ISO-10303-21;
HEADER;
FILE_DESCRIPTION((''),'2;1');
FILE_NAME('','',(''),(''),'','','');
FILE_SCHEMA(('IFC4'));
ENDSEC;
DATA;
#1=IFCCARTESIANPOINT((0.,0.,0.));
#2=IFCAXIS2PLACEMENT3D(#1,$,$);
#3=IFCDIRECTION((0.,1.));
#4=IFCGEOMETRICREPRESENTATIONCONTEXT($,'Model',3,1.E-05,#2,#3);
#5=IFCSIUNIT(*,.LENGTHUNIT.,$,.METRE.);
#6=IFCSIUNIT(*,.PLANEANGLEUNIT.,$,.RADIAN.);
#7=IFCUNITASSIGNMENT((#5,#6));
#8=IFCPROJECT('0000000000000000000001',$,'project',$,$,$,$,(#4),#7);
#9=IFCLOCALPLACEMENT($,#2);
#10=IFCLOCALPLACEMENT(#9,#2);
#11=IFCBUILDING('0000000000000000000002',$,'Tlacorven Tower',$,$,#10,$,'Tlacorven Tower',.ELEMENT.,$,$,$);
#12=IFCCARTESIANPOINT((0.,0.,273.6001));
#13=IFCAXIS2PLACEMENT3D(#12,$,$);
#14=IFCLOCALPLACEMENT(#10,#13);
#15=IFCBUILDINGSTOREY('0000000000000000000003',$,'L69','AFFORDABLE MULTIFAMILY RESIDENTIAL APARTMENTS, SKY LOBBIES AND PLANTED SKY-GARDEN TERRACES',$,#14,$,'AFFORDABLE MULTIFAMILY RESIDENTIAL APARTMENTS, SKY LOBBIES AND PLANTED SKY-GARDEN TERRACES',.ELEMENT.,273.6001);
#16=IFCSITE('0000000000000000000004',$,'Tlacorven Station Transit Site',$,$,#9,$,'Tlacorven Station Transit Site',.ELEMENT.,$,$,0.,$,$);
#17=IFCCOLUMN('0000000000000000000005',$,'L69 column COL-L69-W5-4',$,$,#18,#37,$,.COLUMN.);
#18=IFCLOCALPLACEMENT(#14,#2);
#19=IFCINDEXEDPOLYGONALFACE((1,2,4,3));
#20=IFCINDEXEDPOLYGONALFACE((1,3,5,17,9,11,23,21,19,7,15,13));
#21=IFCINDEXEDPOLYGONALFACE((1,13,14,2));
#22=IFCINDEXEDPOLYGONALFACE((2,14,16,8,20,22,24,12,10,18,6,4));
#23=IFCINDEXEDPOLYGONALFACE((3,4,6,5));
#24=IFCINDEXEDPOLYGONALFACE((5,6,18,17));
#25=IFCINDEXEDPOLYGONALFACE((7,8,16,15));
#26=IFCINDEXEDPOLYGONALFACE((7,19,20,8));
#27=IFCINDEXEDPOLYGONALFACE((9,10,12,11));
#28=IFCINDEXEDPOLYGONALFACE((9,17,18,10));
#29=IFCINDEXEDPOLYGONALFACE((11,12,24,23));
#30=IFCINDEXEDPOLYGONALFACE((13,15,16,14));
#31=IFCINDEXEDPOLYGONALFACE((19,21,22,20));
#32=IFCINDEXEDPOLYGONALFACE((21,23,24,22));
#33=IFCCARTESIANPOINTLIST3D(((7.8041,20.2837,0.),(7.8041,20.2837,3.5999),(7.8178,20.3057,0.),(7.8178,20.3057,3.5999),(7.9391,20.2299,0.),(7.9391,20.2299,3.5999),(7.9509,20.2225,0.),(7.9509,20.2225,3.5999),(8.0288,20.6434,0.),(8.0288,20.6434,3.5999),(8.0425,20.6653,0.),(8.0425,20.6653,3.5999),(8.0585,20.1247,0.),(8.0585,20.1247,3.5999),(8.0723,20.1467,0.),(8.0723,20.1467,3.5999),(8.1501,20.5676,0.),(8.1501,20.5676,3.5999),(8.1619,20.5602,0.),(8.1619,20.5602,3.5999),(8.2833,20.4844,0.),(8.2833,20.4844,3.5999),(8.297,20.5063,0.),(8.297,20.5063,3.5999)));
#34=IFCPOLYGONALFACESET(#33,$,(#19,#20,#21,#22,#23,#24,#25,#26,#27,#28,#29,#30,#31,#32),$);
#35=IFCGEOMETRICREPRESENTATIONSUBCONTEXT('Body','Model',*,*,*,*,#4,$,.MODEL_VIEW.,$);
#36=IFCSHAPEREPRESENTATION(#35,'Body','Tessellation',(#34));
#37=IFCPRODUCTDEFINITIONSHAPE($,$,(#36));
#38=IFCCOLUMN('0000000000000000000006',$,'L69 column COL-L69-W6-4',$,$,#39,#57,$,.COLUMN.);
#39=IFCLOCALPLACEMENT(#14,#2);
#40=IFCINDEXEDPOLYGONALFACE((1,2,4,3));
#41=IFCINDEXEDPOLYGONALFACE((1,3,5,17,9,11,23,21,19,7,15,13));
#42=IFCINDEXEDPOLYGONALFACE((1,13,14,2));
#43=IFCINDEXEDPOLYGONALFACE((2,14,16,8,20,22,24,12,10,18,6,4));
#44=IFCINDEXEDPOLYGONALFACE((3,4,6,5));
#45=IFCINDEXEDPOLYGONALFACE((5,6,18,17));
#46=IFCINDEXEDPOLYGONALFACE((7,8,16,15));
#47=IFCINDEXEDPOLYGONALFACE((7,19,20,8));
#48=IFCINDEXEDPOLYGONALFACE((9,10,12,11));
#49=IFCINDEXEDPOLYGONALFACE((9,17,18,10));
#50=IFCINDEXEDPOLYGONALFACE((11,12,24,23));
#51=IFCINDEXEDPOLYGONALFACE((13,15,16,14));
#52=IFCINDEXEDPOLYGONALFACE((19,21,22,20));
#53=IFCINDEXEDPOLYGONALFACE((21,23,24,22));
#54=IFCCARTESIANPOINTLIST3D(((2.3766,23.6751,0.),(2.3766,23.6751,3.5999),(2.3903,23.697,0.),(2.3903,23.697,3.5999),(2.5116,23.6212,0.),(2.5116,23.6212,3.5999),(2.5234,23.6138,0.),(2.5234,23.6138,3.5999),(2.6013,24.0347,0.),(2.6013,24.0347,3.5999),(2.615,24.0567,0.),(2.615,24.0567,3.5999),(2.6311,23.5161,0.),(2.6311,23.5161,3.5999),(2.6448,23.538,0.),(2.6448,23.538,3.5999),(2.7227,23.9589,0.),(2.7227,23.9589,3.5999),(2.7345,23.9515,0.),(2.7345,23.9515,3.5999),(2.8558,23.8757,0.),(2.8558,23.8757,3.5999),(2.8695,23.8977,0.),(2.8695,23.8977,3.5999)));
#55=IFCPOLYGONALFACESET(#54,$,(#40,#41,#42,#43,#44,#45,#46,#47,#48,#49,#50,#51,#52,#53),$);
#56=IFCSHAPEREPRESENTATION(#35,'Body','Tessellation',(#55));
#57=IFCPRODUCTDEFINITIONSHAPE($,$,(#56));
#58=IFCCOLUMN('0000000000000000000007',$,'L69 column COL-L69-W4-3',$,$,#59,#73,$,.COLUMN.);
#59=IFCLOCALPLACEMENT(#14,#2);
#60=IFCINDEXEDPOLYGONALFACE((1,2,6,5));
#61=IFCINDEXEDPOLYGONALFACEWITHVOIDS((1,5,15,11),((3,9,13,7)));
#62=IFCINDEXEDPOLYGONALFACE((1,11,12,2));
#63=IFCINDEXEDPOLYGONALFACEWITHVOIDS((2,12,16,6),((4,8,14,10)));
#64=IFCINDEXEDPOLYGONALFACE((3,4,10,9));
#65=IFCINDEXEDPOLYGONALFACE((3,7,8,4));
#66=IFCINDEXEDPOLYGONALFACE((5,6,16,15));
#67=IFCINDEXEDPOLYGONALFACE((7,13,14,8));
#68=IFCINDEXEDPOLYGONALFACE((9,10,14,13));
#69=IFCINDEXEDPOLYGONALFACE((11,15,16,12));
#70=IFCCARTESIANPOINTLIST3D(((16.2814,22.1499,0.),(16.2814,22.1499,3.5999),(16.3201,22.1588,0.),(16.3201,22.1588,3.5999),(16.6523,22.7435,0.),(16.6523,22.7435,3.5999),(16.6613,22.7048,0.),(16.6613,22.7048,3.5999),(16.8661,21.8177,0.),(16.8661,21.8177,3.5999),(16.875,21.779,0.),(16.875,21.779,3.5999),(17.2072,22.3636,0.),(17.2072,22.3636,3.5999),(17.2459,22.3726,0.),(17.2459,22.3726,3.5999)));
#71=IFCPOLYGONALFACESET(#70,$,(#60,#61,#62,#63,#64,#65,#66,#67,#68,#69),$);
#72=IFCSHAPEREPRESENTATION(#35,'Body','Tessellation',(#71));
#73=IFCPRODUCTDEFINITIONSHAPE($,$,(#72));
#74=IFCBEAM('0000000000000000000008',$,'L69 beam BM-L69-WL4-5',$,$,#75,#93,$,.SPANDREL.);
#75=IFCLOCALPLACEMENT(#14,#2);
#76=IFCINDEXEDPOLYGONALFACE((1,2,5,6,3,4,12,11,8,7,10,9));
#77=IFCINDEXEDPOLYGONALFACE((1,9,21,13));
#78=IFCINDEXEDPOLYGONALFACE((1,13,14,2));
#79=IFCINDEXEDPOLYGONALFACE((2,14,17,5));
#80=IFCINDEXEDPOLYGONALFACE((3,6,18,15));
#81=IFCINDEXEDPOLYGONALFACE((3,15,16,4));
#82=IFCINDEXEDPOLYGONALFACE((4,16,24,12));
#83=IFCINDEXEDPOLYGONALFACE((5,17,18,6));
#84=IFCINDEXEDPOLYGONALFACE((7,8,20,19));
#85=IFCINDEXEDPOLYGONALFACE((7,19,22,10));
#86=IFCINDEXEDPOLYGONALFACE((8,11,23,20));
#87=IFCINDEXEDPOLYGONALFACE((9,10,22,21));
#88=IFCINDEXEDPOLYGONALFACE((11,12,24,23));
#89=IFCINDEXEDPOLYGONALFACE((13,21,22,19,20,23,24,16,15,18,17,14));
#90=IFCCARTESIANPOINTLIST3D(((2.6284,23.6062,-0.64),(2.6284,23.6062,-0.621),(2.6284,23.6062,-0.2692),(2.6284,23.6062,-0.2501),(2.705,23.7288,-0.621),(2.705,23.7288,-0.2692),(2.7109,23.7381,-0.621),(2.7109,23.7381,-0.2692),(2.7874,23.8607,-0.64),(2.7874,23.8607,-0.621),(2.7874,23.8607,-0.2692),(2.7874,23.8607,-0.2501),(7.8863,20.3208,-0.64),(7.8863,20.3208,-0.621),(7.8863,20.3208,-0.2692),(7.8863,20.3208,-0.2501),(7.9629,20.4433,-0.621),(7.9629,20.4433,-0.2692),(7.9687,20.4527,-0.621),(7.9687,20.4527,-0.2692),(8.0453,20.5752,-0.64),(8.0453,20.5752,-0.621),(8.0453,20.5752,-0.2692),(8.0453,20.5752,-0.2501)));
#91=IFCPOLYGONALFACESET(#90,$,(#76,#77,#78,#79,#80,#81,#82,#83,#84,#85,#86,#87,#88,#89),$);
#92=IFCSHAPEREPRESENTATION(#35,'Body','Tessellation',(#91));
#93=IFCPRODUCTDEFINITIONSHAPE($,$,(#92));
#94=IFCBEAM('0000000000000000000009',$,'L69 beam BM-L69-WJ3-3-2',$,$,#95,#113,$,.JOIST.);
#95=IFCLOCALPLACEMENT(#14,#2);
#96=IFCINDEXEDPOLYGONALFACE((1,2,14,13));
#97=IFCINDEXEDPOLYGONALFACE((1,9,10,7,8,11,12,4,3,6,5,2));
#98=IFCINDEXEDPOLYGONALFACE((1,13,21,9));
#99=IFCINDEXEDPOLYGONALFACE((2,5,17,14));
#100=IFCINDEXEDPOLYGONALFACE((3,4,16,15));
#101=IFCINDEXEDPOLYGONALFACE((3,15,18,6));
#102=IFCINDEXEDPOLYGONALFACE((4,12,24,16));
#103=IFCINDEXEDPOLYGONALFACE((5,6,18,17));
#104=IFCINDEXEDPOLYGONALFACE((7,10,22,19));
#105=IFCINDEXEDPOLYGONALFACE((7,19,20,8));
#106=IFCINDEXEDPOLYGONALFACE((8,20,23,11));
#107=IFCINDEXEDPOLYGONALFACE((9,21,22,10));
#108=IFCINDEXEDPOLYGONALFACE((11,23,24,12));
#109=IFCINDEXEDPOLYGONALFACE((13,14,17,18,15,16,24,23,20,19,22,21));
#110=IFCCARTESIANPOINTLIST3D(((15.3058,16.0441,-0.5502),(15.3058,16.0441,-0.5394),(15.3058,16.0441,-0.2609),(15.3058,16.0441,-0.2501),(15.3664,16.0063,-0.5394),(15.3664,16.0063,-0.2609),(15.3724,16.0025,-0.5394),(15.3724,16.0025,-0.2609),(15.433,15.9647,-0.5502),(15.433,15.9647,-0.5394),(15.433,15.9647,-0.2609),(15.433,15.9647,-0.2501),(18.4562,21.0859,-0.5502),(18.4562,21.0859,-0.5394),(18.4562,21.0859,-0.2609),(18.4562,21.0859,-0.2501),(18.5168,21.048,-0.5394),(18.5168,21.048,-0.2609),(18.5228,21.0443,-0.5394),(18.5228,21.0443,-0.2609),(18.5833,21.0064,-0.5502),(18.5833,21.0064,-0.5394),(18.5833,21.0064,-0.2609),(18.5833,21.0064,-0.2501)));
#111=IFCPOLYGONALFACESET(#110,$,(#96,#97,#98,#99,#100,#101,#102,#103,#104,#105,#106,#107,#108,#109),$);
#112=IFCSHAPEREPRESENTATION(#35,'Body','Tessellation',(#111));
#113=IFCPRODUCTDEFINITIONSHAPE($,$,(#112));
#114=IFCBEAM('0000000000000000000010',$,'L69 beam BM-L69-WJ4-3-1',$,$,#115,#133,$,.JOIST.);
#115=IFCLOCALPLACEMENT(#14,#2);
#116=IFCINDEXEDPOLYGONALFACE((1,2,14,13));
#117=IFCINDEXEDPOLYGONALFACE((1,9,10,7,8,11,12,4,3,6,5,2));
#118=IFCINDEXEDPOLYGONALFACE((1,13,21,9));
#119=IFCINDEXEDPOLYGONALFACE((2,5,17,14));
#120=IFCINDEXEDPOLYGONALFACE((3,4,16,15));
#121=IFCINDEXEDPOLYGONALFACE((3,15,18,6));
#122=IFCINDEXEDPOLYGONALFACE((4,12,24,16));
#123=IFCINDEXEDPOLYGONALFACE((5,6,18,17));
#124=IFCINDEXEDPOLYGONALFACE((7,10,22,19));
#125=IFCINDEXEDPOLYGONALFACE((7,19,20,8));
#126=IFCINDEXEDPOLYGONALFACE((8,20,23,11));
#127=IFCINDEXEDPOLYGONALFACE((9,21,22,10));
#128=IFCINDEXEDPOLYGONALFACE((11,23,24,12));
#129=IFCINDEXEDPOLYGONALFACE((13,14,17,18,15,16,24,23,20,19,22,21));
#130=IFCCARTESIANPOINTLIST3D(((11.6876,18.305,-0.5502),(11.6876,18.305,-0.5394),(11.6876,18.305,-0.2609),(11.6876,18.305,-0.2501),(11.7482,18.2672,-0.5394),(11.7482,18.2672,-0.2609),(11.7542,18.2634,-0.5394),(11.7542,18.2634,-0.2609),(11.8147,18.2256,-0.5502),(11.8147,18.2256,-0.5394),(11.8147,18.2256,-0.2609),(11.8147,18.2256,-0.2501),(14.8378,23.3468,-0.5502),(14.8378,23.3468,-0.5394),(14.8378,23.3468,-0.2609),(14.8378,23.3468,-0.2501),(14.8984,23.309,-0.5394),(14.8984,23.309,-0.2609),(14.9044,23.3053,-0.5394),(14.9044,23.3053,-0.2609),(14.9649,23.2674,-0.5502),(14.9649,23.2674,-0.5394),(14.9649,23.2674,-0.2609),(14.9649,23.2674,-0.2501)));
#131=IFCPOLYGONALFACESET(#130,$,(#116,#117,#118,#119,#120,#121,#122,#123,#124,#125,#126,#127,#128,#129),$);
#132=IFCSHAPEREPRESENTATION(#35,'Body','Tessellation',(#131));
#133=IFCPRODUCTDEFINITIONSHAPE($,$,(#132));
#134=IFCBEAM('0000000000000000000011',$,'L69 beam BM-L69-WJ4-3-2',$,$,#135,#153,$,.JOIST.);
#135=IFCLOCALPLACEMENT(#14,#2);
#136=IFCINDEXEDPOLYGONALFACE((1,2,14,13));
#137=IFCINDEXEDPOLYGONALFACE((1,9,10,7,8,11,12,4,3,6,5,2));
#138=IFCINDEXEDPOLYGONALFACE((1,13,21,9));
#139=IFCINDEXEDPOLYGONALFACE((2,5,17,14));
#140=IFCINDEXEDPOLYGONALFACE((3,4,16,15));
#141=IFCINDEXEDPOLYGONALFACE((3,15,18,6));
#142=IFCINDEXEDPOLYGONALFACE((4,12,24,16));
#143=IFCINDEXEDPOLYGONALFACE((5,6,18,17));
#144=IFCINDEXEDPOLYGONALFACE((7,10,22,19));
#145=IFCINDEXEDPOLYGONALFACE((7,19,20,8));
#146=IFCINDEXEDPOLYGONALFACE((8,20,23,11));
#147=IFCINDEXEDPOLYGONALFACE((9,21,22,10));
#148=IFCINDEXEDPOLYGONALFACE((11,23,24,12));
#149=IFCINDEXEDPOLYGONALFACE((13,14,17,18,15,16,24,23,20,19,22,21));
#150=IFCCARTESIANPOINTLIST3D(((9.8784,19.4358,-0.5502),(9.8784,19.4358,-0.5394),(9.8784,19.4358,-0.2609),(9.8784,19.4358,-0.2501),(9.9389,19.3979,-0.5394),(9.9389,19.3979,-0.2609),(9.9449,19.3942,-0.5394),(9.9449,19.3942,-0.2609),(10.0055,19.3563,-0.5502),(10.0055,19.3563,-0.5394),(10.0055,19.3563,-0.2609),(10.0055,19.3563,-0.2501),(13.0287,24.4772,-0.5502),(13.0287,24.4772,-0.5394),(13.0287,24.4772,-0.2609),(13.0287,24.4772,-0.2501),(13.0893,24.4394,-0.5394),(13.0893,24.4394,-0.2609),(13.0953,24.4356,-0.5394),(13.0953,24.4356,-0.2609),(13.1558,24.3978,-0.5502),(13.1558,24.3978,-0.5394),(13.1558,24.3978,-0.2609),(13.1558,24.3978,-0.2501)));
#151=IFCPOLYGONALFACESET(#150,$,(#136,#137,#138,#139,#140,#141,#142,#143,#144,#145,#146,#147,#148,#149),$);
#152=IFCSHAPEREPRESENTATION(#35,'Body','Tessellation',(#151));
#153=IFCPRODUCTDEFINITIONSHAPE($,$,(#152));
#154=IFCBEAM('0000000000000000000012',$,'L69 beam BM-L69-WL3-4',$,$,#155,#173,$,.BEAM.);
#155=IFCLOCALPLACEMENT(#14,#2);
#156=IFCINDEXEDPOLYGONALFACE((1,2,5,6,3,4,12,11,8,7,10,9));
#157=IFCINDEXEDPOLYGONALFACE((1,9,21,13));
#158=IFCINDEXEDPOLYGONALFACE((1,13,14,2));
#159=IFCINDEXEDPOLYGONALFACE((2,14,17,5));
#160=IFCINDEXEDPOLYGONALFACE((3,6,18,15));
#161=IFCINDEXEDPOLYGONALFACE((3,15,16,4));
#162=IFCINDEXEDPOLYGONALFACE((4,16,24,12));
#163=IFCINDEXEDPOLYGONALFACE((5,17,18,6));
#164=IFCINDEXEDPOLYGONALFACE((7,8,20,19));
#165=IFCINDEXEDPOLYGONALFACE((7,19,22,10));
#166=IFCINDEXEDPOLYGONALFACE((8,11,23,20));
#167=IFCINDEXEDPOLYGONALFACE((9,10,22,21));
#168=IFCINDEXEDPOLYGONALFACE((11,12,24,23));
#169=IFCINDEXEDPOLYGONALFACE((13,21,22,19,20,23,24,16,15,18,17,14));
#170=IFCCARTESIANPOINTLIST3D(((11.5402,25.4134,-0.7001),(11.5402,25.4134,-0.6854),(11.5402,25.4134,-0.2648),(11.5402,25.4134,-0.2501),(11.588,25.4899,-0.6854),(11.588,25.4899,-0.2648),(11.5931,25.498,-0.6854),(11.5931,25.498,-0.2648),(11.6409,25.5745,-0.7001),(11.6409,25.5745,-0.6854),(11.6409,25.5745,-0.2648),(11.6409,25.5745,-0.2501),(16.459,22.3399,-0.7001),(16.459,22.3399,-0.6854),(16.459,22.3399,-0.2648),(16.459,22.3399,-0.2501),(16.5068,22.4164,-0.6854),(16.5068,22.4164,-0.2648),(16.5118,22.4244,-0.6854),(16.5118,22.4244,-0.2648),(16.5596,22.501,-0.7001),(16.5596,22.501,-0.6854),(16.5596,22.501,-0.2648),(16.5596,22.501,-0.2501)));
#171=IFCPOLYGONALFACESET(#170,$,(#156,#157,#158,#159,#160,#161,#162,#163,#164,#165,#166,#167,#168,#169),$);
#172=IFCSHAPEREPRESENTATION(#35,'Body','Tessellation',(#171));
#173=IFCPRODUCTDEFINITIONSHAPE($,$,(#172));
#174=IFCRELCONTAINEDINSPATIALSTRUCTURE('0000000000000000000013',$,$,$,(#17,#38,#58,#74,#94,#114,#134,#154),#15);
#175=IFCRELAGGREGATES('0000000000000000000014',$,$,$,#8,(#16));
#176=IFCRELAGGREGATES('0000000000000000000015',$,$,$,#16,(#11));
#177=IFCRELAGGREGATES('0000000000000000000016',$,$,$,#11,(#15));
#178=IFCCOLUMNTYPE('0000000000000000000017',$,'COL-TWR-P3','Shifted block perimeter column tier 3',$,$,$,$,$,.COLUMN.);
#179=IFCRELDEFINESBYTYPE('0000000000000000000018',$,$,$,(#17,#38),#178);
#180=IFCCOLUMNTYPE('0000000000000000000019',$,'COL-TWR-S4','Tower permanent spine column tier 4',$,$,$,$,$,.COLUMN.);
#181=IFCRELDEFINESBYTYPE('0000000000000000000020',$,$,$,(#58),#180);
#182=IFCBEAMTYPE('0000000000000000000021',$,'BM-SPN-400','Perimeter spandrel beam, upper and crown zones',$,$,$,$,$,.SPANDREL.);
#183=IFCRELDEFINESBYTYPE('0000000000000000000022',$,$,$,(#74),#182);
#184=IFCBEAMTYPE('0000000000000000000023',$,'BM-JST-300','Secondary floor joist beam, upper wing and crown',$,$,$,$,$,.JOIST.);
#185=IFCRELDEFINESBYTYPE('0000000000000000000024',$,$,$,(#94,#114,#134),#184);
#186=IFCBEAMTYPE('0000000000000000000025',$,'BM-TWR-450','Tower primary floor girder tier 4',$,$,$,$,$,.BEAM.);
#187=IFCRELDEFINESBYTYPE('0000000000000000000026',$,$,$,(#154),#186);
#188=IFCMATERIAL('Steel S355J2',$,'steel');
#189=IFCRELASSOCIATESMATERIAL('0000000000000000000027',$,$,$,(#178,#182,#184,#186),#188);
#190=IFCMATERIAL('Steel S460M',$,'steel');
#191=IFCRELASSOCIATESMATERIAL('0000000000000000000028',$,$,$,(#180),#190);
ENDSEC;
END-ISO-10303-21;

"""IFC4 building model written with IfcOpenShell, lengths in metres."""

from ifc_helpers import new_model, si_unit, direction, frame, origin, origin_2d, place, context, subcontext, project, spatial, hollow_rectangle, i_section, extrude, source, transform, mapped, material, material_profile, profile_set, type_object, element, save


model = new_model("IFC4")

# Units and contexts
model_context = context("Model", 3, precision=1e-05, world=origin(), true_north=direction((0.0, 1.0)))
body_context = subcontext(model_context, "Body", "Model", "MODEL_VIEW")
ifc_project = project(units=[si_unit("LENGTHUNIT", "METRE"), si_unit("PLANEANGLEUNIT", "RADIAN")], contexts=[model_context])

# Site, building, storey
site_placement = place(None, origin())
site = spatial("IfcSite", under=ifc_project, at=site_placement, Name="Tlacorven Station Transit Site", LongName="Tlacorven Station Transit Site", CompositionType="ELEMENT", RefElevation=0.0)
building_placement = place(site_placement, origin())
building = spatial("IfcBuilding", under=site, at=building_placement, Name="Tlacorven Tower", LongName="Tlacorven Tower", CompositionType="ELEMENT")
storey_placement = place(building_placement, frame((0.0, 0.0, 273.6001)))
storey = spatial("IfcBuildingStorey", under=building, at=storey_placement, Name="L69", Description="AFFORDABLE MULTIFAMILY RESIDENTIAL APARTMENTS, SKY LOBBIES AND PLANTED SKY-GARDEN TERRACES", LongName="AFFORDABLE MULTIFAMILY RESIDENTIAL APARTMENTS, SKY LOBBIES AND PLANTED SKY-GARDEN TERRACES", CompositionType="ELEMENT", Elevation=273.6001)

# Columns
ifc_material_1 = material(Name="Steel S355J2", Category="steel")
ifc_material_profile_1 = material_profile(ifc_material_1, i_section(OverallWidth=0.3, OverallDepth=0.45, WebThickness=0.0139, FlangeThickness=0.0259, at=origin_2d()), Name="HEB 450")
ifc_profile_set_1 = profile_set([ifc_material_profile_1], Name="Steel S355J2")
column_type_1 = type_object("IfcColumnType", Name="COL-TWR-P3", Description="Shifted block perimeter column tier 3", PredefinedType="COLUMN", material=ifc_profile_set_1)
shared_shape_1 = source(origin(), body_context, "Body", "SweptSolid", [
    extrude(i_section(OverallWidth=0.3, OverallDepth=0.45, WebThickness=0.0139, FlangeThickness=0.0259, at=origin_2d()), origin(), (0.0, 0.0, 1.0), 3.5999),
])
for number, where, z_axis, x_axis, name in (
    (1, (8.0505, 20.395, 0.0), (0.0, 0.0, 1.0), (-0.848048, 0.529919, 0.0), "L69 column COL-L69-W5-4"),
    (2, (2.623, 23.7864, 0.0), (0.0, 0.0, 1.0), (-0.848048, 0.529919, 0.0), "L69 column COL-L69-W6-4"),
):
    element("IfcColumn", number, at=place(storey_placement, frame(where, z_axis=z_axis, x_axis=x_axis)), inside=storey, type_object=column_type_1, Name=name, PredefinedType="COLUMN", context=body_context, shape_type="MappedRepresentation", body=[
        mapped(shared_shape_1, transform((0.0, 0.0, 0.0), scale=1.0)),
    ])
ifc_material_2 = material(Name="Steel S460M", Category="steel")
ifc_material_profile_2 = material_profile(ifc_material_2, hollow_rectangle(XDim=0.7, YDim=0.7, WallThickness=0.0281, at=origin_2d()), Name="BOX 700X700X28")
ifc_profile_set_2 = profile_set([ifc_material_profile_2], Name="Steel S460M")
column_type_2 = type_object("IfcColumnType", Name="COL-TWR-S4", Description="Tower permanent spine column tier 4", PredefinedType="COLUMN", material=ifc_profile_set_2)
shared_shape_2 = source(origin(), body_context, "Body", "SweptSolid", [
    extrude(hollow_rectangle(XDim=0.7, YDim=0.7, WallThickness=0.0281, at=origin_2d()), origin(), (0.0, 0.0, 1.0), 3.5999),
])
column_placement = place(storey_placement, frame((16.7637, 22.2612, 0.0), z_axis=(0.0, 0.0, 1.0), x_axis=(-0.848048, 0.529919, 0.0)))
element("IfcColumn", 3, at=column_placement, inside=storey, type_object=column_type_2, Name="L69 column COL-L69-W4-3", PredefinedType="COLUMN", context=body_context, shape_type="MappedRepresentation", body=[
    mapped(shared_shape_2, transform((0.0, 0.0, 0.0), scale=1.0)),
])

# Beams
ifc_material_profile_3 = material_profile(ifc_material_1, i_section(OverallWidth=0.3, OverallDepth=0.3899, WebThickness=0.011, FlangeThickness=0.019, at=origin_2d()), Name="HEA 400")
ifc_profile_set_3 = profile_set([ifc_material_profile_3], Name="Steel S355J2")
beam_type_1 = type_object("IfcBeamType", Name="BM-SPN-400", Description="Perimeter spandrel beam, upper and crown zones", PredefinedType="SPANDREL", material=ifc_profile_set_3)
shared_shape_3 = source(origin(), body_context, "Body", "SweptSolid", [
    extrude(i_section(OverallWidth=0.3, OverallDepth=0.3899, WebThickness=0.011, FlangeThickness=0.019, at=origin_2d()), origin(), (0.0, 0.0, 1.0), 6.2),
])
beam_1_placement = place(storey_placement, frame((7.9658, 20.448, -0.4451), z_axis=(-0.848051, 0.529914, 0.0), x_axis=(-0.529914, -0.848051, 0.0)))
element("IfcBeam", 4, at=beam_1_placement, inside=storey, type_object=beam_type_1, Name="L69 beam BM-L69-WL4-5", PredefinedType="SPANDREL", context=body_context, shape_type="MappedRepresentation", body=[
    mapped(shared_shape_3, transform((0.0, 0.0, 0.0), scale=1.0)),
])
ifc_material_profile_4 = material_profile(ifc_material_1, i_section(OverallWidth=0.1499, OverallDepth=0.3, WebThickness=0.0071, FlangeThickness=0.0107, at=origin_2d()), Name="IPE 300")
ifc_profile_set_4 = profile_set([ifc_material_profile_4], Name="Steel S355J2")
beam_type_2 = type_object("IfcBeamType", Name="BM-JST-300", Description="Secondary floor joist beam, upper wing and crown", PredefinedType="JOIST", material=ifc_profile_set_4)
shared_shape_4 = source(origin(), body_context, "Body", "SweptSolid", [
    extrude(i_section(OverallWidth=0.1499, OverallDepth=0.3, WebThickness=0.0071, FlangeThickness=0.0107, at=origin_2d()), origin(), (0.0, 0.0, 1.0), 5.9451),
])
for number, where, z_axis, x_axis, name in (
    (5, (18.5198, 21.0461, -0.4001), (-0.529914, -0.848051, 0.0), (0.848051, -0.529914, 0.0), "L69 beam BM-L69-WJ3-3-2"),
    (6, (14.9014, 23.3071, -0.4001), (-0.529885, -0.84807, 0.0), (0.84807, -0.529885, 0.0), "L69 beam BM-L69-WJ4-3-1"),
):
    element("IfcBeam", number, at=place(storey_placement, frame(where, z_axis=z_axis, x_axis=x_axis)), inside=storey, type_object=beam_type_2, Name=name, PredefinedType="JOIST", context=body_context, shape_type="MappedRepresentation", body=[
        mapped(shared_shape_4, transform((0.0, 0.0, 0.0), scale=1.0)),
    ])
shared_shape_5 = source(origin(), body_context, "Body", "SweptSolid", [
    extrude(i_section(OverallWidth=0.1499, OverallDepth=0.3, WebThickness=0.0071, FlangeThickness=0.0107, at=origin_2d()), origin(), (0.0, 0.0, 1.0), 5.9448),
])
beam_2_placement = place(storey_placement, frame((13.0923, 24.4375, -0.4001), z_axis=(-0.529932, -0.84804, 0.0), x_axis=(0.84804, -0.529932, 0.0)))
element("IfcBeam", 7, at=beam_2_placement, inside=storey, type_object=beam_type_2, Name="L69 beam BM-L69-WJ4-3-2", PredefinedType="JOIST", context=body_context, shape_type="MappedRepresentation", body=[
    mapped(shared_shape_5, transform((0.0, 0.0, 0.0), scale=1.0)),
])
ifc_material_profile_5 = material_profile(ifc_material_1, i_section(OverallWidth=0.1899, OverallDepth=0.45, WebThickness=0.0095, FlangeThickness=0.0146, at=origin_2d()), Name="IPE 450")
ifc_profile_set_5 = profile_set([ifc_material_profile_5], Name="Steel S355J2")
beam_type_3 = type_object("IfcBeamType", Name="BM-TWR-450", Description="Tower primary floor girder tier 4", PredefinedType="BEAM", material=ifc_profile_set_5)
shared_shape_6 = source(origin(), body_context, "Body", "SweptSolid", [
    extrude(i_section(OverallWidth=0.1899, OverallDepth=0.45, WebThickness=0.0095, FlangeThickness=0.0146, at=origin_2d()), origin(), (0.0, 0.0, 1.0), 5.8),
])
for number, where, z_axis, x_axis, name in (
    (8, (16.5093, 22.4204, -0.4751), (-0.848053, 0.529912, 0.0), (-0.529912, -0.848053, 0.0), "L69 beam BM-L69-WL3-4"),
):
    element("IfcBeam", number, at=place(storey_placement, frame(where, z_axis=z_axis, x_axis=x_axis)), inside=storey, type_object=beam_type_3, Name=name, PredefinedType="BEAM", context=body_context, shape_type="MappedRepresentation", body=[
        mapped(shared_shape_6, transform((0.0, 0.0, 0.0), scale=1.0)),
    ])

save(model, "model.ifc")
